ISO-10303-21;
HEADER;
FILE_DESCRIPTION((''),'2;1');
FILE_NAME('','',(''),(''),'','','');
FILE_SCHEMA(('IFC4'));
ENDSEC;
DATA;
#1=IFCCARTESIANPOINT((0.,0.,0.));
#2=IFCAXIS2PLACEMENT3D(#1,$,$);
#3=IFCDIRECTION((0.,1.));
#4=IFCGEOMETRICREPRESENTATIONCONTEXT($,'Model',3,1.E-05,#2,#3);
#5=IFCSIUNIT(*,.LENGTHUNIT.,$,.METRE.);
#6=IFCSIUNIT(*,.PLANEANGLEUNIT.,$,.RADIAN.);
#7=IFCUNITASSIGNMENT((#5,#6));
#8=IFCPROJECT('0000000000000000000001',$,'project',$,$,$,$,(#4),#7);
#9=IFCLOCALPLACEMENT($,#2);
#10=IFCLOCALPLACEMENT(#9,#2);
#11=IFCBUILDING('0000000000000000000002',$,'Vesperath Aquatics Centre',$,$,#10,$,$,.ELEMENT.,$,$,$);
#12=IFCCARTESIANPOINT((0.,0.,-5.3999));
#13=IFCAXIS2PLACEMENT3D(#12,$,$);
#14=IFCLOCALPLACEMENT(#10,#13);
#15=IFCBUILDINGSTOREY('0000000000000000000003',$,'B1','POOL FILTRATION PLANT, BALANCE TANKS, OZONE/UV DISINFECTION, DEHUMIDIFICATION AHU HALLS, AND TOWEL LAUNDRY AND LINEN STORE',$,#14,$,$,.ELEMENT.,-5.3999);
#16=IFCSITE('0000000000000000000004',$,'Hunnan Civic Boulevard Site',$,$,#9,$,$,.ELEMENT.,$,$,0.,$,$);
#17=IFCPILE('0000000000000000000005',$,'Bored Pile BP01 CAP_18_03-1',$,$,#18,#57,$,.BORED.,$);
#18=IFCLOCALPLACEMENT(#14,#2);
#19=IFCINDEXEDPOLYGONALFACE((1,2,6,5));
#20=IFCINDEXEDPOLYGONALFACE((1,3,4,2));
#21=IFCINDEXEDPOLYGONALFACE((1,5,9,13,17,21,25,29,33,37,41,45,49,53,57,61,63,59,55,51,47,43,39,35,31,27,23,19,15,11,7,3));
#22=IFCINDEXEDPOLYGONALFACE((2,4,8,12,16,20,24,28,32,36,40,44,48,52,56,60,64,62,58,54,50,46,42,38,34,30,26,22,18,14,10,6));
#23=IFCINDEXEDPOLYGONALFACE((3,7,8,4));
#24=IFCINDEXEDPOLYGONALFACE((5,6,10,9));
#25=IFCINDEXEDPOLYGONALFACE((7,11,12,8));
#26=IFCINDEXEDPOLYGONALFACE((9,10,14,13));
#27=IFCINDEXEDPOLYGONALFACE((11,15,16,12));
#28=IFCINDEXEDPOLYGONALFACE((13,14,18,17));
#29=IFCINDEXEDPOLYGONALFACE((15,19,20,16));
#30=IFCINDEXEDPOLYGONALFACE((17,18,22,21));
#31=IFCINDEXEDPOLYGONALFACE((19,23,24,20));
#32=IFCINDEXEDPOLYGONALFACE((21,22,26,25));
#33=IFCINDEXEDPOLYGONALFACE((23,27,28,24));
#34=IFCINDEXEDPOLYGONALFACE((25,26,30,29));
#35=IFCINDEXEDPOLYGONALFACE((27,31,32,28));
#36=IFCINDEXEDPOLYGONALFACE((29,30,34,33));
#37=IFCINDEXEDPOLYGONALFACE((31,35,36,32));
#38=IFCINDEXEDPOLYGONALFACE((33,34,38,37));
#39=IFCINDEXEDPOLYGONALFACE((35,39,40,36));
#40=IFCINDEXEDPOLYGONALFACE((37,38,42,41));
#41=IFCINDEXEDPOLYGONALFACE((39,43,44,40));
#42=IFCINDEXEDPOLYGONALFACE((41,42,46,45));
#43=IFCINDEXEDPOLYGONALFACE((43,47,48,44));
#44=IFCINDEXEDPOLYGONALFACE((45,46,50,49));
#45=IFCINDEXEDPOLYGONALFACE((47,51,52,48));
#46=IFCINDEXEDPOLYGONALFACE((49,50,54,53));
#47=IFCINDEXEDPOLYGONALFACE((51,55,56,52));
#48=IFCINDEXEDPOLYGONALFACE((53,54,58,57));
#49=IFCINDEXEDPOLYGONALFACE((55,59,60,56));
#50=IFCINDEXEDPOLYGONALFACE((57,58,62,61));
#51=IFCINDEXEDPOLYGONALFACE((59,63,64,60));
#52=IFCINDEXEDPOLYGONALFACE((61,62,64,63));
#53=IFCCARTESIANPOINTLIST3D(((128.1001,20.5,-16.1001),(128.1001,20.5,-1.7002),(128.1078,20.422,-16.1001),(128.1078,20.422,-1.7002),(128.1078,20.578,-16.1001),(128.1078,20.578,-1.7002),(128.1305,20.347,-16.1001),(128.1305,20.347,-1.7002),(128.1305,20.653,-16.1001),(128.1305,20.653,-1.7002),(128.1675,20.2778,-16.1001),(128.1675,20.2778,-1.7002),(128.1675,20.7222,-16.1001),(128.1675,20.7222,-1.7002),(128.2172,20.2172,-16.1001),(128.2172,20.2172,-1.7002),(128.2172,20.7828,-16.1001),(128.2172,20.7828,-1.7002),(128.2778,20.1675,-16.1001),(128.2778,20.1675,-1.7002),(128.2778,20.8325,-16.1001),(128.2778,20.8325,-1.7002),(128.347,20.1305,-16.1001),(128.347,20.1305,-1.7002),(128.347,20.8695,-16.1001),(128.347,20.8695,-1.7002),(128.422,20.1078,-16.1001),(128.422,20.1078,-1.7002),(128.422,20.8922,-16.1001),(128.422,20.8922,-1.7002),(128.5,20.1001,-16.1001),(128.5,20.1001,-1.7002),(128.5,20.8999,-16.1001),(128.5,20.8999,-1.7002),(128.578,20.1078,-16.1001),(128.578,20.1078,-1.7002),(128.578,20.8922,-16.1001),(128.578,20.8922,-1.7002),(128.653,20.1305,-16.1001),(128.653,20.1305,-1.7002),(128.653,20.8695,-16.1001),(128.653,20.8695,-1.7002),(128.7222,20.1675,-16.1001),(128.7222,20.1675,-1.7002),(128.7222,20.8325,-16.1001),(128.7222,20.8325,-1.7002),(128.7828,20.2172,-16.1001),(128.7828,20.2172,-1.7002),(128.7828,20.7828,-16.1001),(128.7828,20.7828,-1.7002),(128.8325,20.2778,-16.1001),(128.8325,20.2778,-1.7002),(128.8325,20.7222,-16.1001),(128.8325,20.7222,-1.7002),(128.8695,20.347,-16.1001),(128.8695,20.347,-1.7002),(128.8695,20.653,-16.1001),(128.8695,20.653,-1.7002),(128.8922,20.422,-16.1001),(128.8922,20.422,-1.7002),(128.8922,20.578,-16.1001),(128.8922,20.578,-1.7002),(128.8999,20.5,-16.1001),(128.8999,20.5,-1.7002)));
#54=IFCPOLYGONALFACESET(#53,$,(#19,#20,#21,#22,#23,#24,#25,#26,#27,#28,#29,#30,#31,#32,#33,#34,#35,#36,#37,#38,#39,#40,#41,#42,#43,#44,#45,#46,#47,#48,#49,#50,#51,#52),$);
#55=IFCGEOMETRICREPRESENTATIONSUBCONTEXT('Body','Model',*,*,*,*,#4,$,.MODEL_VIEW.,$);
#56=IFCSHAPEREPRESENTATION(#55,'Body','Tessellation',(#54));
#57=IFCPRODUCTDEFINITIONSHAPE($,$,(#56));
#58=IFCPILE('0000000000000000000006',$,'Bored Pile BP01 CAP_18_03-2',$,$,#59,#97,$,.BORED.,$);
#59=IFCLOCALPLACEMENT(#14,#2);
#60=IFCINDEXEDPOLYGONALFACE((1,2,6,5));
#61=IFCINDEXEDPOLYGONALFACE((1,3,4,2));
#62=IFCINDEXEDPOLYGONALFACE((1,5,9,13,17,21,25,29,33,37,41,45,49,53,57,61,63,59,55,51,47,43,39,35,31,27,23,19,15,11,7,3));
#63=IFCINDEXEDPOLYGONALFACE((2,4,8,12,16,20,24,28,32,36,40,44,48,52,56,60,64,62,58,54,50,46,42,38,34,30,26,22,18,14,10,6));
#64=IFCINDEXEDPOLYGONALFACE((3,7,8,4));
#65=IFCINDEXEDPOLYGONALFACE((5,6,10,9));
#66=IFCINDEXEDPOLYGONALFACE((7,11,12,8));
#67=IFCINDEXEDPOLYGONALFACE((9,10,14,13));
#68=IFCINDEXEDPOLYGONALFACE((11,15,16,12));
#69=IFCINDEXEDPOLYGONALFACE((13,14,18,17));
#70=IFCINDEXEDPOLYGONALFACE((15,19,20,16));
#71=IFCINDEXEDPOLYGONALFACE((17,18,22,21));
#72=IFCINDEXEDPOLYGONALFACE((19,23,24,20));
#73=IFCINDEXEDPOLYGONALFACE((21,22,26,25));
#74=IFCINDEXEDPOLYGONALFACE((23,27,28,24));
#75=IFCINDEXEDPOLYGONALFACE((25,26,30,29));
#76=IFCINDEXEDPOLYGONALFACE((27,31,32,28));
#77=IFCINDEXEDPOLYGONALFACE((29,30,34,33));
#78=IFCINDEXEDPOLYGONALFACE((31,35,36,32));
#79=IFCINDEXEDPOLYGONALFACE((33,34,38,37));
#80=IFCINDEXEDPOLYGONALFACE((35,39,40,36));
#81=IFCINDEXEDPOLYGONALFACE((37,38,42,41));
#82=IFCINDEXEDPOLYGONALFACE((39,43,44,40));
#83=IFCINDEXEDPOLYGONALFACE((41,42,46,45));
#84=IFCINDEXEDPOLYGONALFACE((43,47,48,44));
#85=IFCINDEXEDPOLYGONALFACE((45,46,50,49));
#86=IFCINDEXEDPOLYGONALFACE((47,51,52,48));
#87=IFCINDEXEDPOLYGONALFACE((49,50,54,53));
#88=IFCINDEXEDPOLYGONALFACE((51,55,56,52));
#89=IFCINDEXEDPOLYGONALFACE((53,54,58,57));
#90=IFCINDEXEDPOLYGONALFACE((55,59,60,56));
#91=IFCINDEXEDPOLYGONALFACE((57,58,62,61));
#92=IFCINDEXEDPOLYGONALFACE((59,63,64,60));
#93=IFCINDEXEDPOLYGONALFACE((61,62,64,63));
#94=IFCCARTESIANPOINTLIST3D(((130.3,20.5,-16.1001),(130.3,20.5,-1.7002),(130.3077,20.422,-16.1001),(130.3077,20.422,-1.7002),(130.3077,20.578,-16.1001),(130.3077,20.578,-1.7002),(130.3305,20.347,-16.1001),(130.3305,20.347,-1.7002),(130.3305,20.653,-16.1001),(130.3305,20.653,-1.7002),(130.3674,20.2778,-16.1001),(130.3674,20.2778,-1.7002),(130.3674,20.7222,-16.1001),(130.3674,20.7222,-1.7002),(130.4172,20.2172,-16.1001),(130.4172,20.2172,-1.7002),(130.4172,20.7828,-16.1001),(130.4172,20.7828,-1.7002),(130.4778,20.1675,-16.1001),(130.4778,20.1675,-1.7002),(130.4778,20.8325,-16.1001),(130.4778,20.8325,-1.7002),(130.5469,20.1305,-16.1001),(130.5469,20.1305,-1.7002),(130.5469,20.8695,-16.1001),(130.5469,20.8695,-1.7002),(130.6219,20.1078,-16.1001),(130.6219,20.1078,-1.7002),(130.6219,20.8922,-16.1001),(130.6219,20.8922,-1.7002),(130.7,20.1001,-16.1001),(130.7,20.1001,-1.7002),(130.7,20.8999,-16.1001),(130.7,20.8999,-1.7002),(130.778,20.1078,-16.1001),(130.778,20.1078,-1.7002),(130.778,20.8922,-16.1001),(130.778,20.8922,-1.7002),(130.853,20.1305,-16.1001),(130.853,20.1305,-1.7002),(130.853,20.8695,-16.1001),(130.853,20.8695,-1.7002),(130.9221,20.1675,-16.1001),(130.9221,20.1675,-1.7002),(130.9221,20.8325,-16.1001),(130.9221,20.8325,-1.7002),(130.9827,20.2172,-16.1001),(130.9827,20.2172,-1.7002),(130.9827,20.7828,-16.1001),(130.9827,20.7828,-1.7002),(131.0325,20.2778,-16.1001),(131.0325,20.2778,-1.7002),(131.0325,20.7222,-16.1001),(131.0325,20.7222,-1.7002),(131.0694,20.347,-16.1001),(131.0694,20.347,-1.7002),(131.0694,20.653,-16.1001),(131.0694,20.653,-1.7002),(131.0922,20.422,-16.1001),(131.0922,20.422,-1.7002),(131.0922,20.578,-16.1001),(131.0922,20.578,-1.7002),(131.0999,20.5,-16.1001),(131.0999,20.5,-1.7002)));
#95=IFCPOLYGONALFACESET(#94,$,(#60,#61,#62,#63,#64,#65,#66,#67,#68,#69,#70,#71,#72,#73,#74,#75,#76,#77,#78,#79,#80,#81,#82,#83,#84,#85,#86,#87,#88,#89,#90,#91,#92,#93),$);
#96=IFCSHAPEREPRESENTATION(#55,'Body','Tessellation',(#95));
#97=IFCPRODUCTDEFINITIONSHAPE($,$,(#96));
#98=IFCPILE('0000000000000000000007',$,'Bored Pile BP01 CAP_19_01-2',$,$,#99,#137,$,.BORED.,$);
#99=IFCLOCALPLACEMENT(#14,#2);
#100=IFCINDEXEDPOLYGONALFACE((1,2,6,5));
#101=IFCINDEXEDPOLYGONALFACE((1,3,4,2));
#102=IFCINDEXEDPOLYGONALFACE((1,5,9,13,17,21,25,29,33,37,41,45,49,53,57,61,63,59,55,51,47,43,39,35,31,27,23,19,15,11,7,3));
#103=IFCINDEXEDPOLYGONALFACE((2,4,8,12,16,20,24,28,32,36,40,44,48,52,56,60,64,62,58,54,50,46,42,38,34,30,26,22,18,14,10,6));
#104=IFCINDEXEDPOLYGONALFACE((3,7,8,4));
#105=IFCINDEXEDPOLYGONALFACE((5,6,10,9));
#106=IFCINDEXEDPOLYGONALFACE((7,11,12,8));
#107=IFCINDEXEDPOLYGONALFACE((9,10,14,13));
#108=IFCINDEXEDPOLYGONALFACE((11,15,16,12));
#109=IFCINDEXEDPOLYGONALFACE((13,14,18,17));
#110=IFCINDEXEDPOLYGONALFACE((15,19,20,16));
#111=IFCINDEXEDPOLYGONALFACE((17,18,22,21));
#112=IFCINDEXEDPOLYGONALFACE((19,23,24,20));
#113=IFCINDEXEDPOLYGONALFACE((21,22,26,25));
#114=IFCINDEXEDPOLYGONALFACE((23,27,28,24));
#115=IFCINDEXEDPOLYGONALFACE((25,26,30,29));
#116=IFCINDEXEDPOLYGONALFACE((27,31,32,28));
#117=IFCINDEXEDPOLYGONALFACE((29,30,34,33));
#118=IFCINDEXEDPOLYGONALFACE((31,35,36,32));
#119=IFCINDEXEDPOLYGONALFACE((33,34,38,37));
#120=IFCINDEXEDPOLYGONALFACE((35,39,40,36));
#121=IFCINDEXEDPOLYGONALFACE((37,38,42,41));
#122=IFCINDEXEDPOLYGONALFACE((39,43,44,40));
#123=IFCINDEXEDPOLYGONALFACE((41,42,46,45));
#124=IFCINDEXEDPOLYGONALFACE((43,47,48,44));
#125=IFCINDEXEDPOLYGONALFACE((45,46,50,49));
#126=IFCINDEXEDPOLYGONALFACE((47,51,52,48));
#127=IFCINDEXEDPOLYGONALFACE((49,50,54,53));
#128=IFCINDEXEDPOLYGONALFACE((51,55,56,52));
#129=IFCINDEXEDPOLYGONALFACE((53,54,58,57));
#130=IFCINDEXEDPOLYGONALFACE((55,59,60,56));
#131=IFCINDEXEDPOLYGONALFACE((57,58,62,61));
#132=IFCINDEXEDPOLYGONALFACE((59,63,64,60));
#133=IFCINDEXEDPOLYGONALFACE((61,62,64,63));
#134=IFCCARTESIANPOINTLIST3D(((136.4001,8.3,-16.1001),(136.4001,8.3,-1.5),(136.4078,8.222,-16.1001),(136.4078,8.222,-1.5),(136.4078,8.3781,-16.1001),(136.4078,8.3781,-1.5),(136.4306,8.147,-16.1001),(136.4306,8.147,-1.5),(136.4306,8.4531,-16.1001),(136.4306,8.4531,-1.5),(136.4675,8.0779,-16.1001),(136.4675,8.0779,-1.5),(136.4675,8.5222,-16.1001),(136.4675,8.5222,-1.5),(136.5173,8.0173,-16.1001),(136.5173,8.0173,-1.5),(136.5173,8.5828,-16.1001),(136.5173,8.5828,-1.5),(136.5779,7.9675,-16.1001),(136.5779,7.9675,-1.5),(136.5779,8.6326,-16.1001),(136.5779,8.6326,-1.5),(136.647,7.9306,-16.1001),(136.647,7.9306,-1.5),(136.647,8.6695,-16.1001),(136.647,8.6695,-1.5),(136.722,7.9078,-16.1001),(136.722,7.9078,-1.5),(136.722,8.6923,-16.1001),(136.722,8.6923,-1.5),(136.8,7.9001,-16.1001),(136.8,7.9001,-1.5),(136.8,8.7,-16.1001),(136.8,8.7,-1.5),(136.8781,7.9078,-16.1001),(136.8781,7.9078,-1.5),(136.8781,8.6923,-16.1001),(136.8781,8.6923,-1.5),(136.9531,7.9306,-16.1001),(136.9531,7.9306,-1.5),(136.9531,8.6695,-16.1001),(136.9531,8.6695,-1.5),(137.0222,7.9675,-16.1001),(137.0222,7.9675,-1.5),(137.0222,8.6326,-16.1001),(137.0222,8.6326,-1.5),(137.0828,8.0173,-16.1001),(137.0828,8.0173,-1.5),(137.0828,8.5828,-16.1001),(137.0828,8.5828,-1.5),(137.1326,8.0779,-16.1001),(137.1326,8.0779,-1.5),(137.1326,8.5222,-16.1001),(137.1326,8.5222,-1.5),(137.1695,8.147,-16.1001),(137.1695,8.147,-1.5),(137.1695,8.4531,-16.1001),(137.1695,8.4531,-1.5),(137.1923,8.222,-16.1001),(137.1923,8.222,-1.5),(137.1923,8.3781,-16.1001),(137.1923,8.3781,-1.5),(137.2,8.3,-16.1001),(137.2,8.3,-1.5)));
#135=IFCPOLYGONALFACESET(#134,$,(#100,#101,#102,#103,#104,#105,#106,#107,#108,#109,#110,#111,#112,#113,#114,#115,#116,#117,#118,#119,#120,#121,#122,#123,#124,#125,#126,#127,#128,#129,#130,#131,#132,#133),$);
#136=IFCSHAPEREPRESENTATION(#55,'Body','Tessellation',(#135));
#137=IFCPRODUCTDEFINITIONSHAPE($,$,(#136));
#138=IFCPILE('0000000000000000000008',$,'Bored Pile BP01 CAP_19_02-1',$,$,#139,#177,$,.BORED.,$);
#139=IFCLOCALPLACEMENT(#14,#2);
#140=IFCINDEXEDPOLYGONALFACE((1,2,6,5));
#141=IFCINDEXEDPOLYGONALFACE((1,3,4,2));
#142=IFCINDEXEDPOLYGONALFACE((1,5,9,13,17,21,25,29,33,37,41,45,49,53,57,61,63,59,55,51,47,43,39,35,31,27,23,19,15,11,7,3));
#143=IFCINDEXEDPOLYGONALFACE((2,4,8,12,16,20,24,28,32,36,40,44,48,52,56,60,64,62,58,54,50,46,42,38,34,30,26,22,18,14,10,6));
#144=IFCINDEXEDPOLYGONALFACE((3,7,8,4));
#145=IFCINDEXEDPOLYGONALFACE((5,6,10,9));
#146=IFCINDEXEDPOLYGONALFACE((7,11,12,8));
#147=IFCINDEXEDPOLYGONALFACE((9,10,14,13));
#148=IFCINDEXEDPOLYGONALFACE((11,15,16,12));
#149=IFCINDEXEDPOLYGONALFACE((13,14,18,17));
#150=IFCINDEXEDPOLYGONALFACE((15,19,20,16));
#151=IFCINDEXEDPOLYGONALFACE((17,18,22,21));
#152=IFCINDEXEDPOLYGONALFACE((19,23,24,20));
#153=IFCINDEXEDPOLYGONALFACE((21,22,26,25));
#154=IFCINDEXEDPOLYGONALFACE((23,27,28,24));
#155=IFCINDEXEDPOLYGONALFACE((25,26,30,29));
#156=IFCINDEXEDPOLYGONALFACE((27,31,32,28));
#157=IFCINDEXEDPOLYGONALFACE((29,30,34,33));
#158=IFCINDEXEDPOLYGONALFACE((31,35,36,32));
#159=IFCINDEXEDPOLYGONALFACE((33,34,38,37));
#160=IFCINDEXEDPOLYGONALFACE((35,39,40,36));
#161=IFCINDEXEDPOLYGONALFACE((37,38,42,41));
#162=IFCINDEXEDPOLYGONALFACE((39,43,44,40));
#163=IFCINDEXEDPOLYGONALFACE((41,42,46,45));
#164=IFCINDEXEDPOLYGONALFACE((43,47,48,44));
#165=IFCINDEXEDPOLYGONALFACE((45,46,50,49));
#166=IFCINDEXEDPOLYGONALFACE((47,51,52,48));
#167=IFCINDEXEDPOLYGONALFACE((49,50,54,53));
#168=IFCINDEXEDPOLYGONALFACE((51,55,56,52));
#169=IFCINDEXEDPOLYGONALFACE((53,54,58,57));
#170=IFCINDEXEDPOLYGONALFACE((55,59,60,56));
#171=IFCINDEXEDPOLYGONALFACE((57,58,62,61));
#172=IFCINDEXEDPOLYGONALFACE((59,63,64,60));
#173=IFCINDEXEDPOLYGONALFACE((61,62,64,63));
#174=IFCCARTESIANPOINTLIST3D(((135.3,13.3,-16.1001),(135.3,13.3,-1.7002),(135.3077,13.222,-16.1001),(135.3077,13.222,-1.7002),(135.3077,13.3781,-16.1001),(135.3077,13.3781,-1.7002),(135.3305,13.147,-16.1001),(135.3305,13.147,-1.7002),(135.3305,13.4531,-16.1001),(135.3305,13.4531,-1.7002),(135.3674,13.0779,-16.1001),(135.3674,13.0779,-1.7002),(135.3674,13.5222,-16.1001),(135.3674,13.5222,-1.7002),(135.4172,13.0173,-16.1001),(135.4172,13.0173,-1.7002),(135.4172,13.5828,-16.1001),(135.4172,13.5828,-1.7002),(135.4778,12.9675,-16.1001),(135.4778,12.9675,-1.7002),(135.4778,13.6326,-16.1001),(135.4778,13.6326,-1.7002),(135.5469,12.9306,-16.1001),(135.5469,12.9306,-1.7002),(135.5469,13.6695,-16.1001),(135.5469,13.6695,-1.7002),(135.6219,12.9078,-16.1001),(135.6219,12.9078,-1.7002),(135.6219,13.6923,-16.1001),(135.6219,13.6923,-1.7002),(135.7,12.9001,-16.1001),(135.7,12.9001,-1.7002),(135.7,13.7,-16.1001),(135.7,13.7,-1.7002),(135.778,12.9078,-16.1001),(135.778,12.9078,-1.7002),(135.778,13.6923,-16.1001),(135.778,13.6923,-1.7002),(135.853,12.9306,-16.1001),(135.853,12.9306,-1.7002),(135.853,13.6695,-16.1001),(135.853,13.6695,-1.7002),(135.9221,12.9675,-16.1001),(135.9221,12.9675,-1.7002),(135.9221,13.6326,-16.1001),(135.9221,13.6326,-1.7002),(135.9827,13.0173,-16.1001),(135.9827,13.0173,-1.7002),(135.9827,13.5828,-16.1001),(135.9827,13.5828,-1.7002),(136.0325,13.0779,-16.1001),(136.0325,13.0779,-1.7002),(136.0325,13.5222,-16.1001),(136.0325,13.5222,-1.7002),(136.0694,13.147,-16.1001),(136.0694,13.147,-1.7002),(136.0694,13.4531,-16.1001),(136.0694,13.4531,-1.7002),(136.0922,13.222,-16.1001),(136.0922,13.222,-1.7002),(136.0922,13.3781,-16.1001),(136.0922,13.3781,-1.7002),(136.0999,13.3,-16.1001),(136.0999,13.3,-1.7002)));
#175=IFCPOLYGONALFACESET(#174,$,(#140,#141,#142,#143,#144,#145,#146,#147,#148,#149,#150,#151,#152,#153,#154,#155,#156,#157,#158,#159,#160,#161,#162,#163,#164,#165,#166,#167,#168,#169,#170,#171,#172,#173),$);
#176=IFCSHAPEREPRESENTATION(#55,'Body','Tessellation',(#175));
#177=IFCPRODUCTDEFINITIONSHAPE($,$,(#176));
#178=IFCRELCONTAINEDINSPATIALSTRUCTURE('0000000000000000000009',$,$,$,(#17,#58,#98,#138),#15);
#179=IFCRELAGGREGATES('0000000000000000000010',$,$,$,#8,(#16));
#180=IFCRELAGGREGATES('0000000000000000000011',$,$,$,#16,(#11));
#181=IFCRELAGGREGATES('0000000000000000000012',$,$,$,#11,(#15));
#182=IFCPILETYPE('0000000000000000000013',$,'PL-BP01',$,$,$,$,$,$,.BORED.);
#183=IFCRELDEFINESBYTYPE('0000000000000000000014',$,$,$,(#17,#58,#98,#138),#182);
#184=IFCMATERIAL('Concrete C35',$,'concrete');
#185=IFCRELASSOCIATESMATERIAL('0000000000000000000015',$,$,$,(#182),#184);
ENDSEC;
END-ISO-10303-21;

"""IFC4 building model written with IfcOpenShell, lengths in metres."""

from ifc_helpers import new_model, si_unit, direction, frame, origin, origin_2d, place, context, subcontext, project, spatial, circle, extrude, material, material_profile, profile_set, type_object, element, save


model = new_model("IFC4")

# Units and contexts
model_context = context("Model", 3, precision=1e-05, world=origin(), true_north=direction((0.0, 1.0)))
body_context = subcontext(model_context, "Body", "Model", "MODEL_VIEW")
ifc_project = project(units=[si_unit("LENGTHUNIT", "METRE"), si_unit("PLANEANGLEUNIT", "RADIAN")], contexts=[model_context])

# Site, building, storey
site_placement = place(None, origin())
site = spatial("IfcSite", under=ifc_project, at=site_placement, Name="Hunnan Civic Boulevard Site", CompositionType="ELEMENT", RefElevation=0.0)
building_placement = place(site_placement, origin())
building = spatial("IfcBuilding", under=site, at=building_placement, Name="Vesperath Aquatics Centre", CompositionType="ELEMENT")
storey_placement = place(building_placement, frame((0.0, 0.0, -5.3999)))
storey = spatial("IfcBuildingStorey", under=building, at=storey_placement, Name="B1", Description="POOL FILTRATION PLANT, BALANCE TANKS, OZONE/UV DISINFECTION, DEHUMIDIFICATION AHU HALLS, AND TOWEL LAUNDRY AND LINEN STORE", CompositionType="ELEMENT", Elevation=-5.3999)

# Piles
ifc_material_1 = material(Name="Concrete C35", Category="concrete")
ifc_material_profile_1 = material_profile(ifc_material_1, circle(Radius=0.3999, at=origin_2d()), Name="PILE D800")
ifc_profile_set_1 = profile_set([ifc_material_profile_1], Name="Concrete C35")
pile_type = type_object("IfcPileType", Name="PL-BP01", PredefinedType="BORED", material=ifc_profile_set_1)
for number, where, z_axis, x_axis, name in (
    (1, (128.5, 20.5, -1.7002), (0.0, 0.0, -1.0), (1.0, 0.0, 0.0), "Bored Pile BP01 CAP_18_03-1"),
    (2, (130.7, 20.5, -1.7002), (0.0, 0.0, -1.0), (1.0, 0.0, 0.0), "Bored Pile BP01 CAP_18_03-2"),
):
    element("IfcPile", number, at=place(storey_placement, frame(where, z_axis=z_axis, x_axis=x_axis)), inside=storey, type_object=pile_type, Name=name, PredefinedType="BORED", context=body_context, shape_type="SweptSolid", body=[
        extrude(circle(Radius=0.3999, at=origin_2d()), origin(), (0.0, 0.0, 1.0), 14.3999),
    ])
pile_1_placement = place(storey_placement, frame((136.8, 8.3, -1.5), z_axis=(0.0, 0.0, -1.0), x_axis=(1.0, 0.0, 0.0)))
element("IfcPile", 3, at=pile_1_placement, inside=storey, type_object=pile_type, Name="Bored Pile BP01 CAP_19_01-2", PredefinedType="BORED", context=body_context, shape_type="SweptSolid", body=[
    extrude(circle(Radius=0.3999, at=origin_2d()), origin(), (0.0, 0.0, 1.0), 14.6001),
])
for number, where, z_axis, x_axis, name in (
    (4, (135.7, 13.3, -1.7002), (0.0, 0.0, -1.0), (1.0, 0.0, 0.0), "Bored Pile BP01 CAP_19_02-1"),
):
    element("IfcPile", number, at=place(storey_placement, frame(where, z_axis=z_axis, x_axis=x_axis)), inside=storey, type_object=pile_type, Name=name, PredefinedType="BORED", context=body_context, shape_type="SweptSolid", body=[
        extrude(circle(Radius=0.3999, at=origin_2d()), origin(), (0.0, 0.0, 1.0), 14.3999),
    ])

save(model, "model.ifc")
